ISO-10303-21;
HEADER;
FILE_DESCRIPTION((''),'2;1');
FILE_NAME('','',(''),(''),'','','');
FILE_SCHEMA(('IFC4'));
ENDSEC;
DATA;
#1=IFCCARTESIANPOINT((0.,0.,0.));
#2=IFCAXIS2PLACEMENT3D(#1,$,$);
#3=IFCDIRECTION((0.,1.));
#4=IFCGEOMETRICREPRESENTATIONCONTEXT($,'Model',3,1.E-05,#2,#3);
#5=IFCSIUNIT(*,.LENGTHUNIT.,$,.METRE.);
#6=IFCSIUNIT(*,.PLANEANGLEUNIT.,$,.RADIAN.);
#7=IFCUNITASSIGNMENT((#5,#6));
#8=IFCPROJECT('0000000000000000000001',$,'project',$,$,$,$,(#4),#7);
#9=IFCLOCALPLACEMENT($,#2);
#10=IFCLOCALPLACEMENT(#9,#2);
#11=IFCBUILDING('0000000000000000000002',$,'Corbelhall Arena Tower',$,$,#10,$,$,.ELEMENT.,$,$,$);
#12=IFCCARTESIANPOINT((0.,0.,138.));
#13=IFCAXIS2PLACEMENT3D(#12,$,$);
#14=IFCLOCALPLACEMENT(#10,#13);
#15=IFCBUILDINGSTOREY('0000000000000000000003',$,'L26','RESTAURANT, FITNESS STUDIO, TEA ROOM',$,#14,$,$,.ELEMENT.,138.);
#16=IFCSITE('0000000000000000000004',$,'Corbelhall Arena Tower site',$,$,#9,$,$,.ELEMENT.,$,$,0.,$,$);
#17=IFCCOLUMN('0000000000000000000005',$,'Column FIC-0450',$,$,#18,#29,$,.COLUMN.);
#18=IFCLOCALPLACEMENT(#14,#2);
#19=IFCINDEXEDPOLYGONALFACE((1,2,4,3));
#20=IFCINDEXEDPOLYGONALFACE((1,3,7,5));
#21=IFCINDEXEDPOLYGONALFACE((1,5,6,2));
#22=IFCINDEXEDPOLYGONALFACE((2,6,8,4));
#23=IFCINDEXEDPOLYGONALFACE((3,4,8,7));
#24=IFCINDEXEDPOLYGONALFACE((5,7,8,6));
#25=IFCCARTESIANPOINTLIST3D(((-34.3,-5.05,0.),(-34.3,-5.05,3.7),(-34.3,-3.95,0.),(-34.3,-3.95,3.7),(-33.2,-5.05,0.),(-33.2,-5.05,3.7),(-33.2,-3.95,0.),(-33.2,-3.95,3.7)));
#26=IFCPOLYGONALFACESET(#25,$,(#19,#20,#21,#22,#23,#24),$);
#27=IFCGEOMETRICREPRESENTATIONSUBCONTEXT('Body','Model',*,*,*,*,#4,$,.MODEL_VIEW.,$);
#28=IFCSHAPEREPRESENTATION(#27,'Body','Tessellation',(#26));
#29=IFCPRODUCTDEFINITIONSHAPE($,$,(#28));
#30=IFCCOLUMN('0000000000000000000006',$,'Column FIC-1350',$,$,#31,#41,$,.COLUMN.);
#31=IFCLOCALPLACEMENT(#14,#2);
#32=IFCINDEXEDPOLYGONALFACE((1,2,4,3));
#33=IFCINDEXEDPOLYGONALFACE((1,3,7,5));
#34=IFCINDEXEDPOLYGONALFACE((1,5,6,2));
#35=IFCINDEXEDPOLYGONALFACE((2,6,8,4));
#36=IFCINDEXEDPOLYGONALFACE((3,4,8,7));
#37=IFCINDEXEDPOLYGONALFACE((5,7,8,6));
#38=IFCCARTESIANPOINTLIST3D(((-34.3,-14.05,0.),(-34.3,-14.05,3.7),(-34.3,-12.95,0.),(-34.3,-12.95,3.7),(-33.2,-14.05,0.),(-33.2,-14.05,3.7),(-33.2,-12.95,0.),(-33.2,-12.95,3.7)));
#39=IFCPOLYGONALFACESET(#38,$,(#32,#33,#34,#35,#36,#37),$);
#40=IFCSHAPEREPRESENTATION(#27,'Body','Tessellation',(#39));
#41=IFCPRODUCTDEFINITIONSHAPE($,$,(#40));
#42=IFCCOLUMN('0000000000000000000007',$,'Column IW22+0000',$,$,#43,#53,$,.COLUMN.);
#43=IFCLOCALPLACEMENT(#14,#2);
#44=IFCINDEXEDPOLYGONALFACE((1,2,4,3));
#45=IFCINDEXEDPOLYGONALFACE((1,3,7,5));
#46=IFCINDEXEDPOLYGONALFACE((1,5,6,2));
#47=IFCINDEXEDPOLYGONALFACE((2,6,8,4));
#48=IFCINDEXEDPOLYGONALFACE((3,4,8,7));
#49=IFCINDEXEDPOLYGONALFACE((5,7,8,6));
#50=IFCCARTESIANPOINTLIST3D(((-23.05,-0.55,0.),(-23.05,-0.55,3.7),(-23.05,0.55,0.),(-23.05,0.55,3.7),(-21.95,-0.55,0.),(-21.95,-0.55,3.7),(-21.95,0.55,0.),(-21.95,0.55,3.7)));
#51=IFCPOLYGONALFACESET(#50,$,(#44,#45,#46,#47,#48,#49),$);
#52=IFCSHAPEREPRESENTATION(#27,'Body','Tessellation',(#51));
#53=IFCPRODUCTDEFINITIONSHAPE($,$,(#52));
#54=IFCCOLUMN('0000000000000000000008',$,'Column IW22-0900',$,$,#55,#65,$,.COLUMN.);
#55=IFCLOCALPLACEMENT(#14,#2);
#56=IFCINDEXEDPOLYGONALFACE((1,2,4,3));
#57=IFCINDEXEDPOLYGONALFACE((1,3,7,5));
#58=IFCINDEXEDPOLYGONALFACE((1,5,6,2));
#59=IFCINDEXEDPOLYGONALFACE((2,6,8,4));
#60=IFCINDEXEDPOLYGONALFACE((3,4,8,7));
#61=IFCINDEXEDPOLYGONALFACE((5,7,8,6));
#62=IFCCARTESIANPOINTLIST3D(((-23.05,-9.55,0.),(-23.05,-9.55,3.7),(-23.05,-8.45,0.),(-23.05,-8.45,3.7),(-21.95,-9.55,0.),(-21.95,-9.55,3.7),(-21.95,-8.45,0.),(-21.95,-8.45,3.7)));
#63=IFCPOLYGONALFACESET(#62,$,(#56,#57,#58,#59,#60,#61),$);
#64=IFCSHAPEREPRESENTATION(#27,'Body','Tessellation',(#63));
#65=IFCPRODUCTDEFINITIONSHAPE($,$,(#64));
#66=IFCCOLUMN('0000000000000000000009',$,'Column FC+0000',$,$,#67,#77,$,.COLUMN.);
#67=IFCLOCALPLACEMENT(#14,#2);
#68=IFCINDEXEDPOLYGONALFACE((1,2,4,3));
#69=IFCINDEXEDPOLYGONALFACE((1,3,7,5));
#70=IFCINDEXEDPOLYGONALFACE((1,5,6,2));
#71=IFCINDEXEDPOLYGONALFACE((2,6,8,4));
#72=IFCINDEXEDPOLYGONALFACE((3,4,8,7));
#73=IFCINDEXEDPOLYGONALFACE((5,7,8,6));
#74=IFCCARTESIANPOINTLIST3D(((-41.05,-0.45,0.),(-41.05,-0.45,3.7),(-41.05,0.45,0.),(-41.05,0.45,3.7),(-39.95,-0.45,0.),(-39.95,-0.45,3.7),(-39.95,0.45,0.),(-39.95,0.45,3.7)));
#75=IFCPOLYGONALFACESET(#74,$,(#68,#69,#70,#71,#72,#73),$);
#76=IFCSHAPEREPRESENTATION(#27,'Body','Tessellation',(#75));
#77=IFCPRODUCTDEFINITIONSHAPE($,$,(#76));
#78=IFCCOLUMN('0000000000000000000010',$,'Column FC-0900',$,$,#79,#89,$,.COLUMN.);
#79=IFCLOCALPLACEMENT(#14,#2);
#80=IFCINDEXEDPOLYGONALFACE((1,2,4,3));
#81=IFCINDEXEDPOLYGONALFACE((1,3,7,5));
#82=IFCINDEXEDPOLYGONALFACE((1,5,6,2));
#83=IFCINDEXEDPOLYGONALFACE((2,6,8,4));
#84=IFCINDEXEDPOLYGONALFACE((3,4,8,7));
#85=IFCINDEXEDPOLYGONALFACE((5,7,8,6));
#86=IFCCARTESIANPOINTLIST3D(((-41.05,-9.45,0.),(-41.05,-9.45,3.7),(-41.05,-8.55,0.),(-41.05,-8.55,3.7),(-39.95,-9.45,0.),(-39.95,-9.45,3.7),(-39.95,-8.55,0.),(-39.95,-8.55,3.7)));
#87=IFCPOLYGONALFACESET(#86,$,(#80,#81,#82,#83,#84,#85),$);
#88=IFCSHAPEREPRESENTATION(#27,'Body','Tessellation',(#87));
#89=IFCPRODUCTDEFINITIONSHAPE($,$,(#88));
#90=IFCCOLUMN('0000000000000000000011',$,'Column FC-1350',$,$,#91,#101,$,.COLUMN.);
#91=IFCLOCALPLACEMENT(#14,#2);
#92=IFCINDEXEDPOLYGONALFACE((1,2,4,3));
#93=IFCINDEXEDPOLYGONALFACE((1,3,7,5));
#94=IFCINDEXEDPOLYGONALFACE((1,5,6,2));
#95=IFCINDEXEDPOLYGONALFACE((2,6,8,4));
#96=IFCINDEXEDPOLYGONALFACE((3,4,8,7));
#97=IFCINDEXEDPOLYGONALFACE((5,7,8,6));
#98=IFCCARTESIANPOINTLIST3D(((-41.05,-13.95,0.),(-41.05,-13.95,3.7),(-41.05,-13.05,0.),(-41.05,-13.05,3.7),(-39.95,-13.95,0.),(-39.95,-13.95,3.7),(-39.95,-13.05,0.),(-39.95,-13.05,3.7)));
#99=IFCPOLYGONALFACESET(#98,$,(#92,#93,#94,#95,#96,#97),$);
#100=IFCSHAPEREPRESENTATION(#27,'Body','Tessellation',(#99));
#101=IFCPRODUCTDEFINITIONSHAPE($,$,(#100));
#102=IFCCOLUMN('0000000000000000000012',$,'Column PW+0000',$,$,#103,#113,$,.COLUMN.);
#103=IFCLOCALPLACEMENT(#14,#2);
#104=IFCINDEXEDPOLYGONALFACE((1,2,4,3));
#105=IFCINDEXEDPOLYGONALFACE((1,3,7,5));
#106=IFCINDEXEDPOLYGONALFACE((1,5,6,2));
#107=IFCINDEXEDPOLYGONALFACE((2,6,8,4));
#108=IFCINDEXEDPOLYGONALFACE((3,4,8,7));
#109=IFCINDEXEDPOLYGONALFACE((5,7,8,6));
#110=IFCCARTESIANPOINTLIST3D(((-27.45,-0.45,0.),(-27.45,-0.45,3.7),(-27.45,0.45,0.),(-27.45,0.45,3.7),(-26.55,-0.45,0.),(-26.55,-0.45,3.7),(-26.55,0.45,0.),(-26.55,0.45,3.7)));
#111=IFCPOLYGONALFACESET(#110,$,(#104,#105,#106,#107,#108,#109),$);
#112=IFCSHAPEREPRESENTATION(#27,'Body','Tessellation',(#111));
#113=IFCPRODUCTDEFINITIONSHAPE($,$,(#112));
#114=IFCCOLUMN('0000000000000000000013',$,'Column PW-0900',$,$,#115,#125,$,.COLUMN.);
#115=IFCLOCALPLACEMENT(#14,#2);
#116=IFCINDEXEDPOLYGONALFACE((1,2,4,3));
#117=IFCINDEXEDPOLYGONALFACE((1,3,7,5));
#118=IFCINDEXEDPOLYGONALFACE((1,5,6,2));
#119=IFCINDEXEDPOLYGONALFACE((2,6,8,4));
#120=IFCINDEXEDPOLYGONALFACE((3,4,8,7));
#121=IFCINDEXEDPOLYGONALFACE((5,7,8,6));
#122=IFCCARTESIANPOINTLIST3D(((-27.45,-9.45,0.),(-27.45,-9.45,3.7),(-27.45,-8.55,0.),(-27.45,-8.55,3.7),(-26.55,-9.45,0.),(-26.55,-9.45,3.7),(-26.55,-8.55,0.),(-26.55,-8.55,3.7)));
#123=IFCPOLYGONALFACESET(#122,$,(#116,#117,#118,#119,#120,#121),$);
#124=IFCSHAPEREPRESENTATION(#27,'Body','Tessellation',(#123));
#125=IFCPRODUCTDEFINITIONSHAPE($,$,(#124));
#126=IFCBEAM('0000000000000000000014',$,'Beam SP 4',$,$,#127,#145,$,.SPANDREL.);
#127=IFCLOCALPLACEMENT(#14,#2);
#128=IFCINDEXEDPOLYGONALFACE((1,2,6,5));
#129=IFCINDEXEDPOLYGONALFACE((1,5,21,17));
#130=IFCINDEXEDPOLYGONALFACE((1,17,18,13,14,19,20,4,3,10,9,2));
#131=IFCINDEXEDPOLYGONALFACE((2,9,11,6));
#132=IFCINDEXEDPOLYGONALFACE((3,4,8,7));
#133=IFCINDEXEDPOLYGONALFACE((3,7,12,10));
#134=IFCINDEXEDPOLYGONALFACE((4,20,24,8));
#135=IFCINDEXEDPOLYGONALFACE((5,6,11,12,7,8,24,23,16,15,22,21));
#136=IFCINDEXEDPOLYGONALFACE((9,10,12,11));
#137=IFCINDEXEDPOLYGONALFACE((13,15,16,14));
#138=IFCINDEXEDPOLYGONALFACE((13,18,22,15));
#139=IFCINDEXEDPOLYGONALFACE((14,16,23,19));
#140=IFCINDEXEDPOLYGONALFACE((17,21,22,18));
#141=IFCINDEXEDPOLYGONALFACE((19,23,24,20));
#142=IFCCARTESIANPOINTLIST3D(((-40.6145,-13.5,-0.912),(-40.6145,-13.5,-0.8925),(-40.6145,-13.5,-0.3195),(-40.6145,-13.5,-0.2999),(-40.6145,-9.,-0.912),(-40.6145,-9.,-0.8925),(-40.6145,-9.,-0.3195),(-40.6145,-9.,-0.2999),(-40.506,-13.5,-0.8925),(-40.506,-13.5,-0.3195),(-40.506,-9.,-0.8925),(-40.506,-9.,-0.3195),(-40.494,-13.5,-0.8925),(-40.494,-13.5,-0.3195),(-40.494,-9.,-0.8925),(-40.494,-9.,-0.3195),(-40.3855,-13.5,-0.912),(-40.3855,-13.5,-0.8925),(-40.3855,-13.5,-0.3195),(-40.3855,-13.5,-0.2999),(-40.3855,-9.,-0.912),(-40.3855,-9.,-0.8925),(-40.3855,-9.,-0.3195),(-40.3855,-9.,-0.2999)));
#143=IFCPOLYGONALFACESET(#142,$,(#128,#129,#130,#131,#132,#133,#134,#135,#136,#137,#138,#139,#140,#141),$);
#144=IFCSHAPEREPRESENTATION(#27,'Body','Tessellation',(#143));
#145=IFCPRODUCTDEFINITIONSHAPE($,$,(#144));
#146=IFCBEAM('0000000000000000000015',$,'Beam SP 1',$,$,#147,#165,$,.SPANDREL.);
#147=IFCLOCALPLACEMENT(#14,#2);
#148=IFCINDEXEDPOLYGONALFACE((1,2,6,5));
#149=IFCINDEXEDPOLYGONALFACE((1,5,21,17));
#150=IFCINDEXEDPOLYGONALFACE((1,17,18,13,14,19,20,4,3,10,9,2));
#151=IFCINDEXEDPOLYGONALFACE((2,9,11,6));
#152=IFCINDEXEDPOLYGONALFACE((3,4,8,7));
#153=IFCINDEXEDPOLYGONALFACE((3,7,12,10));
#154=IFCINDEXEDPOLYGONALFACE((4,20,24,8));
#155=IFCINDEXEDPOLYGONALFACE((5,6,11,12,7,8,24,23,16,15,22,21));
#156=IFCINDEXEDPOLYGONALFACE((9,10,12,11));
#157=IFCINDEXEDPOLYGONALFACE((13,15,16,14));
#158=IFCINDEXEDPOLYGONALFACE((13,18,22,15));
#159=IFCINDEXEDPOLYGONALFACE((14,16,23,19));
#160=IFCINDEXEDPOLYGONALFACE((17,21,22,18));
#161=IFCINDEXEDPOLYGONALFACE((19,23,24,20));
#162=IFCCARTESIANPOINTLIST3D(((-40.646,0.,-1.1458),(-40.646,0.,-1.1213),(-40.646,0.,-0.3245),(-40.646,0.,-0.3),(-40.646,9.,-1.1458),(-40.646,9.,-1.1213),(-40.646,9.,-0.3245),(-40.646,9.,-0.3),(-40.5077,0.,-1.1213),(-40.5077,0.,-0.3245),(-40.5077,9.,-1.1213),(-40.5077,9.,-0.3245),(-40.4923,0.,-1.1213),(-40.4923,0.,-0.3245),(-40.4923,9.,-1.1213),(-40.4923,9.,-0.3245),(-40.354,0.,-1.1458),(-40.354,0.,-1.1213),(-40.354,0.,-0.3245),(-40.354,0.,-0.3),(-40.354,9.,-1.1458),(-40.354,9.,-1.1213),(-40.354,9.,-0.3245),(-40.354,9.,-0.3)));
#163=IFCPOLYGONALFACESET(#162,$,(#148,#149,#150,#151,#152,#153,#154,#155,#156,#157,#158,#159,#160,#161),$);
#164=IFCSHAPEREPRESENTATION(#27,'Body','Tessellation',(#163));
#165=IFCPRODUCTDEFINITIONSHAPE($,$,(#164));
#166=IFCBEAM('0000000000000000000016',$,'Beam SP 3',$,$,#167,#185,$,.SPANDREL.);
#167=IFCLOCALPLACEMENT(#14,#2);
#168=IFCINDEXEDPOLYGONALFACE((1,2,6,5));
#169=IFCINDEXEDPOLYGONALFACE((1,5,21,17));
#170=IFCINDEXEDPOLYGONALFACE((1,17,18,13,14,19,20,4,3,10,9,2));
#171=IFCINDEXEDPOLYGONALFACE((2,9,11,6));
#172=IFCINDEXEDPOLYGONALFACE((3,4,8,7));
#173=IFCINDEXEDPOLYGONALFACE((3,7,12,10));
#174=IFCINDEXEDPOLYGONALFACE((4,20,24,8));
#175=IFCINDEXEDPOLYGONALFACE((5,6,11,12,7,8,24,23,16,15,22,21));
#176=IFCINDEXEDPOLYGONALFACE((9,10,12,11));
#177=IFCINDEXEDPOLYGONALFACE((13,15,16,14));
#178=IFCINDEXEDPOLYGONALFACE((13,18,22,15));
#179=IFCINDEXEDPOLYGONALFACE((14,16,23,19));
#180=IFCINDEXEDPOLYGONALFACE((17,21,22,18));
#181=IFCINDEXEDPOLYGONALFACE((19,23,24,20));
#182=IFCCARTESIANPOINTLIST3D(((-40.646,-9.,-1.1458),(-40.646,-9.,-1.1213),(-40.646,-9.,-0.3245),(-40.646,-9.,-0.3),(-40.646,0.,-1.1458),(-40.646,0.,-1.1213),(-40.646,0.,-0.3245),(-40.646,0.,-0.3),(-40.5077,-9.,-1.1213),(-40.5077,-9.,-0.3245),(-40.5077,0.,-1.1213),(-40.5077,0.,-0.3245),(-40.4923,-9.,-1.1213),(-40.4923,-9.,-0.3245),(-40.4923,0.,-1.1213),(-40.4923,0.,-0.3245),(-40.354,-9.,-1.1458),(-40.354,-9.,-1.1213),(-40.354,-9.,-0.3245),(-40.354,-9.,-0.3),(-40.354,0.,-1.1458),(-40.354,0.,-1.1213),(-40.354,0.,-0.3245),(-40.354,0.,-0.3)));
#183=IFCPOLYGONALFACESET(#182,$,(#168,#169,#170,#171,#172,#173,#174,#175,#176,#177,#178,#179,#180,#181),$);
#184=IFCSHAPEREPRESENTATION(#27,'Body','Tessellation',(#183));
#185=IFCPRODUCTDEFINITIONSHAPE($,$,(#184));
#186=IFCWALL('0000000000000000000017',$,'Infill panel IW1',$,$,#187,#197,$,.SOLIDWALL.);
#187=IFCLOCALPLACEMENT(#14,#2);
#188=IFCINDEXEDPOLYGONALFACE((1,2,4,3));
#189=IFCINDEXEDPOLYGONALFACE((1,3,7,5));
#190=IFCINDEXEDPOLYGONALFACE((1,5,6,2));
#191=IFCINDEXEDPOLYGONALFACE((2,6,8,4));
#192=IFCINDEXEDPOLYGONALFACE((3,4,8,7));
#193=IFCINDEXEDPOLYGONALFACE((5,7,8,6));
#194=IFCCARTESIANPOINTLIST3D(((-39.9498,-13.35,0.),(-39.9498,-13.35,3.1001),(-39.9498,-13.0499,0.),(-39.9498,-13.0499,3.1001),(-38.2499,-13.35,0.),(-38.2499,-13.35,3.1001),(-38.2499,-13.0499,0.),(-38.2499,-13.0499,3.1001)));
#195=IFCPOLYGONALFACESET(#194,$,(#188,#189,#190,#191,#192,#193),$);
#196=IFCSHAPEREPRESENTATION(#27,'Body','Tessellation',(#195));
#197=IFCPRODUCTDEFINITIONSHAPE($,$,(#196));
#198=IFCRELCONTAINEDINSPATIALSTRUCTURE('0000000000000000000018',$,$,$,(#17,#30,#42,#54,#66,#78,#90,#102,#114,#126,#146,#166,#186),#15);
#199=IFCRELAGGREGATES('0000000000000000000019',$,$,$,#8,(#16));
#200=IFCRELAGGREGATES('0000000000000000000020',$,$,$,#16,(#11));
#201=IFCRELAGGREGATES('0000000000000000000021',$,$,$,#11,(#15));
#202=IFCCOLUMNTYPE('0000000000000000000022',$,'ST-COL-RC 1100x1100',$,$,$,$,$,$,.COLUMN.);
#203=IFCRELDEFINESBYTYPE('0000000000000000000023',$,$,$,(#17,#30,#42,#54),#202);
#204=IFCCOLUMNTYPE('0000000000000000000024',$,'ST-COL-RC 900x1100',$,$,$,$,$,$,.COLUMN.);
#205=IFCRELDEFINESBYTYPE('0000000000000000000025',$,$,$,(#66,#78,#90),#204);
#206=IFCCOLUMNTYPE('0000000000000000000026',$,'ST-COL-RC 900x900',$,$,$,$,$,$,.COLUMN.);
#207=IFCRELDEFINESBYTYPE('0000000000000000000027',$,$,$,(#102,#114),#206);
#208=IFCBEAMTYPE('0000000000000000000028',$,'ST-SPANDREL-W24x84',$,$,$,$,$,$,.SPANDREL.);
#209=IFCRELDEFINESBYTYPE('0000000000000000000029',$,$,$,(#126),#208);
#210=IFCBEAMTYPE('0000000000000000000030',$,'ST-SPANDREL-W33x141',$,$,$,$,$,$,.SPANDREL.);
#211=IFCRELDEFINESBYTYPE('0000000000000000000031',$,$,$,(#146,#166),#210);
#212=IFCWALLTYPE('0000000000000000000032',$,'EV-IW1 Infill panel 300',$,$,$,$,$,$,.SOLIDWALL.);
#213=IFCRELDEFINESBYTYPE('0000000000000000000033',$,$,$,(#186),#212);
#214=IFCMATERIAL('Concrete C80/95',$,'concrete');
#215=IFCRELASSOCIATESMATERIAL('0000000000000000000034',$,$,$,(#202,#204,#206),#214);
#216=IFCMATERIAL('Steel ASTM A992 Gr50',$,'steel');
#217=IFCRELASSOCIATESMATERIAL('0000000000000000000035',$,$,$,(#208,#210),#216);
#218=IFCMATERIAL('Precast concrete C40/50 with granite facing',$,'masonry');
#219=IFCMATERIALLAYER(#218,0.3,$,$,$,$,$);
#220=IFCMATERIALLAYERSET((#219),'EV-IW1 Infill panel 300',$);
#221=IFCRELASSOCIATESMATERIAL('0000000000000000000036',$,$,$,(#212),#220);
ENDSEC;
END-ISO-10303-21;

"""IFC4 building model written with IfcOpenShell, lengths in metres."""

from ifc_helpers import new_model, si_unit, direction, frame, frame_2d, origin, origin_2d, place, context, subcontext, project, spatial, rectangle, i_section, extrude, material, layer, layer_set, material_profile, profile_set, type_object, element, save


model = new_model("IFC4")

# Units and contexts
model_context = context("Model", 3, precision=1e-05, world=origin(), true_north=direction((0.0, 1.0)))
body_context = subcontext(model_context, "Body", "Model", "MODEL_VIEW")
ifc_project = project(units=[si_unit("LENGTHUNIT", "METRE"), si_unit("PLANEANGLEUNIT", "RADIAN")], contexts=[model_context])

# Site, building, storey
site_placement = place(None, origin())
site = spatial("IfcSite", under=ifc_project, at=site_placement, Name="Corbelhall Arena Tower site", CompositionType="ELEMENT", RefElevation=0.0)
building_placement = place(site_placement, origin())
building = spatial("IfcBuilding", under=site, at=building_placement, Name="Corbelhall Arena Tower", CompositionType="ELEMENT")
storey_placement = place(building_placement, frame((0.0, 0.0, 138.0)))
storey = spatial("IfcBuildingStorey", under=building, at=storey_placement, Name="L26", Description="RESTAURANT, FITNESS STUDIO, TEA ROOM", CompositionType="ELEMENT", Elevation=138.0)

# Columns
ifc_material_1 = material(Name="Concrete C80/95", Category="concrete")
ifc_material_profile_1 = material_profile(ifc_material_1, rectangle(XDim=1.1001, YDim=1.1001, at=origin_2d()))
ifc_profile_set_1 = profile_set([ifc_material_profile_1], Name="Concrete C80/95")
column_type_1 = type_object("IfcColumnType", Name="ST-COL-RC 1100x1100", PredefinedType="COLUMN", material=ifc_profile_set_1)
for number, where, z_axis, x_axis, name in (
    (1, (-33.75, -4.5, 0.0), (0.0, 0.0, 1.0), (1.0, 0.0, 0.0), "Column FIC-0450"),
    (2, (-33.75, -13.5, 0.0), (0.0, 0.0, 1.0), (1.0, 0.0, 0.0), "Column FIC-1350"),
    (3, (-22.5, 0.0, 0.0), (0.0, 0.0, 1.0), (1.0, 0.0, 0.0), "Column IW22+0000"),
    (4, (-22.5, -9.0, 0.0), (0.0, 0.0, 1.0), (1.0, 0.0, 0.0), "Column IW22-0900"),
):
    element("IfcColumn", number, at=place(storey_placement, frame(where, z_axis=z_axis, x_axis=x_axis)), inside=storey, type_object=column_type_1, Name=name, PredefinedType="COLUMN", context=body_context, shape_type="SweptSolid", body=[
        extrude(rectangle(XDim=1.1001, YDim=1.1001, at=origin_2d()), origin(), (0.0, 0.0, 1.0), 3.7),
    ])
ifc_material_profile_2 = material_profile(ifc_material_1, rectangle(XDim=0.8999, YDim=1.1001, at=origin_2d()))
ifc_profile_set_2 = profile_set([ifc_material_profile_2], Name="Concrete C80/95")
column_type_2 = type_object("IfcColumnType", Name="ST-COL-RC 900x1100", PredefinedType="COLUMN", material=ifc_profile_set_2)
for number, where, z_axis, x_axis, name in (
    (5, (-40.5, 0.0, 0.0), (0.0, 0.0, 1.0), (0.0, 1.0, 0.0), "Column FC+0000"),
    (6, (-40.5, -9.0, 0.0), (0.0, 0.0, 1.0), (0.0, 1.0, 0.0), "Column FC-0900"),
    (7, (-40.5, -13.5, 0.0), (0.0, 0.0, 1.0), (0.0, 1.0, 0.0), "Column FC-1350"),
):
    element("IfcColumn", number, at=place(storey_placement, frame(where, z_axis=z_axis, x_axis=x_axis)), inside=storey, type_object=column_type_2, Name=name, PredefinedType="COLUMN", context=body_context, shape_type="SweptSolid", body=[
        extrude(rectangle(XDim=0.8999, YDim=1.1001, at=origin_2d()), origin(), (0.0, 0.0, 1.0), 3.7),
    ])
ifc_material_profile_3 = material_profile(ifc_material_1, rectangle(XDim=0.8999, YDim=0.8999, at=origin_2d()))
ifc_profile_set_3 = profile_set([ifc_material_profile_3], Name="Concrete C80/95")
column_type_3 = type_object("IfcColumnType", Name="ST-COL-RC 900x900", PredefinedType="COLUMN", material=ifc_profile_set_3)
for number, where, z_axis, x_axis, name in (
    (8, (-27.0, 0.0, 0.0), (0.0, 0.0, 1.0), (1.0, 0.0, 0.0), "Column PW+0000"),
    (9, (-27.0, -9.0, 0.0), (0.0, 0.0, 1.0), (1.0, 0.0, 0.0), "Column PW-0900"),
):
    element("IfcColumn", number, at=place(storey_placement, frame(where, z_axis=z_axis, x_axis=x_axis)), inside=storey, type_object=column_type_3, Name=name, PredefinedType="COLUMN", context=body_context, shape_type="SweptSolid", body=[
        extrude(rectangle(XDim=0.8999, YDim=0.8999, at=origin_2d()), origin(), (0.0, 0.0, 1.0), 3.7),
    ])

# Beams
ifc_material_2 = material(Name="Steel ASTM A992 Gr50", Category="steel")
ifc_material_profile_4 = material_profile(ifc_material_2, i_section(OverallWidth=0.229, OverallDepth=0.6121, WebThickness=0.012, FlangeThickness=0.0195, at=origin_2d()))
ifc_profile_set_4 = profile_set([ifc_material_profile_4], Name="Steel ASTM A992 Gr50")
beam_type_1 = type_object("IfcBeamType", Name="ST-SPANDREL-W24x84", PredefinedType="SPANDREL", material=ifc_profile_set_4)
beam_placement = place(storey_placement, frame((-40.5, -13.5, -0.606), z_axis=(0.0, 1.0, 0.0), x_axis=(-1.0, 0.0, 0.0)))
element("IfcBeam", 10, at=beam_placement, inside=storey, type_object=beam_type_1, Name="Beam SP 4", PredefinedType="SPANDREL", context=body_context, shape_type="SweptSolid", body=[
    extrude(i_section(OverallWidth=0.229, OverallDepth=0.6121, WebThickness=0.012, FlangeThickness=0.0195, at=origin_2d()), origin(), (0.0, 0.0, 1.0), 4.5),
])
ifc_material_profile_5 = material_profile(ifc_material_2, i_section(OverallWidth=0.292, OverallDepth=0.8457, WebThickness=0.0154, FlangeThickness=0.0244, at=origin_2d()))
ifc_profile_set_5 = profile_set([ifc_material_profile_5], Name="Steel ASTM A992 Gr50")
beam_type_2 = type_object("IfcBeamType", Name="ST-SPANDREL-W33x141", PredefinedType="SPANDREL", material=ifc_profile_set_5)
for number, where, z_axis, x_axis, name in (
    (11, (-40.5, 0.0, -0.7229), (0.0, 1.0, 0.0), (-1.0, 0.0, 0.0), "Beam SP 1"),
    (12, (-40.5, -9.0, -0.7229), (0.0, 1.0, 0.0), (-1.0, 0.0, 0.0), "Beam SP 3"),
):
    element("IfcBeam", number, at=place(storey_placement, frame(where, z_axis=z_axis, x_axis=x_axis)), inside=storey, type_object=beam_type_2, Name=name, PredefinedType="SPANDREL", context=body_context, shape_type="SweptSolid", body=[
        extrude(i_section(OverallWidth=0.292, OverallDepth=0.8457, WebThickness=0.0154, FlangeThickness=0.0244, at=origin_2d()), origin(), (0.0, 0.0, 1.0), 9.0),
    ])

# Wall
ifc_material_3 = material(Name="Precast concrete C40/50 with granite facing", Category="masonry")
ifc_layer_1 = layer(ifc_material_3, 0.3)
ifc_layer_set_1 = layer_set([ifc_layer_1], Name="EV-IW1 Infill panel 300")
wall_type_1 = type_object("IfcWallType", Name="EV-IW1 Infill panel 300", PredefinedType="SOLIDWALL", material=ifc_layer_set_1)
wall_1_placement = place(storey_placement, frame((-39.95, -13.2, 0.0), z_axis=(0.0, 0.0, 1.0), x_axis=(1.0, 0.0, 0.0)))
element("IfcWall", 13, at=wall_1_placement, inside=storey, type_object=wall_type_1, Name="Infill panel IW1", PredefinedType="SOLIDWALL", context=body_context, shape_type="SweptSolid", body=[
    extrude(rectangle(XDim=1.7, YDim=0.3, at=frame_2d((0.8501, 0.0))), origin(), (0.0, 0.0, 1.0), 3.1001),
])

save(model, "model.ifc")
